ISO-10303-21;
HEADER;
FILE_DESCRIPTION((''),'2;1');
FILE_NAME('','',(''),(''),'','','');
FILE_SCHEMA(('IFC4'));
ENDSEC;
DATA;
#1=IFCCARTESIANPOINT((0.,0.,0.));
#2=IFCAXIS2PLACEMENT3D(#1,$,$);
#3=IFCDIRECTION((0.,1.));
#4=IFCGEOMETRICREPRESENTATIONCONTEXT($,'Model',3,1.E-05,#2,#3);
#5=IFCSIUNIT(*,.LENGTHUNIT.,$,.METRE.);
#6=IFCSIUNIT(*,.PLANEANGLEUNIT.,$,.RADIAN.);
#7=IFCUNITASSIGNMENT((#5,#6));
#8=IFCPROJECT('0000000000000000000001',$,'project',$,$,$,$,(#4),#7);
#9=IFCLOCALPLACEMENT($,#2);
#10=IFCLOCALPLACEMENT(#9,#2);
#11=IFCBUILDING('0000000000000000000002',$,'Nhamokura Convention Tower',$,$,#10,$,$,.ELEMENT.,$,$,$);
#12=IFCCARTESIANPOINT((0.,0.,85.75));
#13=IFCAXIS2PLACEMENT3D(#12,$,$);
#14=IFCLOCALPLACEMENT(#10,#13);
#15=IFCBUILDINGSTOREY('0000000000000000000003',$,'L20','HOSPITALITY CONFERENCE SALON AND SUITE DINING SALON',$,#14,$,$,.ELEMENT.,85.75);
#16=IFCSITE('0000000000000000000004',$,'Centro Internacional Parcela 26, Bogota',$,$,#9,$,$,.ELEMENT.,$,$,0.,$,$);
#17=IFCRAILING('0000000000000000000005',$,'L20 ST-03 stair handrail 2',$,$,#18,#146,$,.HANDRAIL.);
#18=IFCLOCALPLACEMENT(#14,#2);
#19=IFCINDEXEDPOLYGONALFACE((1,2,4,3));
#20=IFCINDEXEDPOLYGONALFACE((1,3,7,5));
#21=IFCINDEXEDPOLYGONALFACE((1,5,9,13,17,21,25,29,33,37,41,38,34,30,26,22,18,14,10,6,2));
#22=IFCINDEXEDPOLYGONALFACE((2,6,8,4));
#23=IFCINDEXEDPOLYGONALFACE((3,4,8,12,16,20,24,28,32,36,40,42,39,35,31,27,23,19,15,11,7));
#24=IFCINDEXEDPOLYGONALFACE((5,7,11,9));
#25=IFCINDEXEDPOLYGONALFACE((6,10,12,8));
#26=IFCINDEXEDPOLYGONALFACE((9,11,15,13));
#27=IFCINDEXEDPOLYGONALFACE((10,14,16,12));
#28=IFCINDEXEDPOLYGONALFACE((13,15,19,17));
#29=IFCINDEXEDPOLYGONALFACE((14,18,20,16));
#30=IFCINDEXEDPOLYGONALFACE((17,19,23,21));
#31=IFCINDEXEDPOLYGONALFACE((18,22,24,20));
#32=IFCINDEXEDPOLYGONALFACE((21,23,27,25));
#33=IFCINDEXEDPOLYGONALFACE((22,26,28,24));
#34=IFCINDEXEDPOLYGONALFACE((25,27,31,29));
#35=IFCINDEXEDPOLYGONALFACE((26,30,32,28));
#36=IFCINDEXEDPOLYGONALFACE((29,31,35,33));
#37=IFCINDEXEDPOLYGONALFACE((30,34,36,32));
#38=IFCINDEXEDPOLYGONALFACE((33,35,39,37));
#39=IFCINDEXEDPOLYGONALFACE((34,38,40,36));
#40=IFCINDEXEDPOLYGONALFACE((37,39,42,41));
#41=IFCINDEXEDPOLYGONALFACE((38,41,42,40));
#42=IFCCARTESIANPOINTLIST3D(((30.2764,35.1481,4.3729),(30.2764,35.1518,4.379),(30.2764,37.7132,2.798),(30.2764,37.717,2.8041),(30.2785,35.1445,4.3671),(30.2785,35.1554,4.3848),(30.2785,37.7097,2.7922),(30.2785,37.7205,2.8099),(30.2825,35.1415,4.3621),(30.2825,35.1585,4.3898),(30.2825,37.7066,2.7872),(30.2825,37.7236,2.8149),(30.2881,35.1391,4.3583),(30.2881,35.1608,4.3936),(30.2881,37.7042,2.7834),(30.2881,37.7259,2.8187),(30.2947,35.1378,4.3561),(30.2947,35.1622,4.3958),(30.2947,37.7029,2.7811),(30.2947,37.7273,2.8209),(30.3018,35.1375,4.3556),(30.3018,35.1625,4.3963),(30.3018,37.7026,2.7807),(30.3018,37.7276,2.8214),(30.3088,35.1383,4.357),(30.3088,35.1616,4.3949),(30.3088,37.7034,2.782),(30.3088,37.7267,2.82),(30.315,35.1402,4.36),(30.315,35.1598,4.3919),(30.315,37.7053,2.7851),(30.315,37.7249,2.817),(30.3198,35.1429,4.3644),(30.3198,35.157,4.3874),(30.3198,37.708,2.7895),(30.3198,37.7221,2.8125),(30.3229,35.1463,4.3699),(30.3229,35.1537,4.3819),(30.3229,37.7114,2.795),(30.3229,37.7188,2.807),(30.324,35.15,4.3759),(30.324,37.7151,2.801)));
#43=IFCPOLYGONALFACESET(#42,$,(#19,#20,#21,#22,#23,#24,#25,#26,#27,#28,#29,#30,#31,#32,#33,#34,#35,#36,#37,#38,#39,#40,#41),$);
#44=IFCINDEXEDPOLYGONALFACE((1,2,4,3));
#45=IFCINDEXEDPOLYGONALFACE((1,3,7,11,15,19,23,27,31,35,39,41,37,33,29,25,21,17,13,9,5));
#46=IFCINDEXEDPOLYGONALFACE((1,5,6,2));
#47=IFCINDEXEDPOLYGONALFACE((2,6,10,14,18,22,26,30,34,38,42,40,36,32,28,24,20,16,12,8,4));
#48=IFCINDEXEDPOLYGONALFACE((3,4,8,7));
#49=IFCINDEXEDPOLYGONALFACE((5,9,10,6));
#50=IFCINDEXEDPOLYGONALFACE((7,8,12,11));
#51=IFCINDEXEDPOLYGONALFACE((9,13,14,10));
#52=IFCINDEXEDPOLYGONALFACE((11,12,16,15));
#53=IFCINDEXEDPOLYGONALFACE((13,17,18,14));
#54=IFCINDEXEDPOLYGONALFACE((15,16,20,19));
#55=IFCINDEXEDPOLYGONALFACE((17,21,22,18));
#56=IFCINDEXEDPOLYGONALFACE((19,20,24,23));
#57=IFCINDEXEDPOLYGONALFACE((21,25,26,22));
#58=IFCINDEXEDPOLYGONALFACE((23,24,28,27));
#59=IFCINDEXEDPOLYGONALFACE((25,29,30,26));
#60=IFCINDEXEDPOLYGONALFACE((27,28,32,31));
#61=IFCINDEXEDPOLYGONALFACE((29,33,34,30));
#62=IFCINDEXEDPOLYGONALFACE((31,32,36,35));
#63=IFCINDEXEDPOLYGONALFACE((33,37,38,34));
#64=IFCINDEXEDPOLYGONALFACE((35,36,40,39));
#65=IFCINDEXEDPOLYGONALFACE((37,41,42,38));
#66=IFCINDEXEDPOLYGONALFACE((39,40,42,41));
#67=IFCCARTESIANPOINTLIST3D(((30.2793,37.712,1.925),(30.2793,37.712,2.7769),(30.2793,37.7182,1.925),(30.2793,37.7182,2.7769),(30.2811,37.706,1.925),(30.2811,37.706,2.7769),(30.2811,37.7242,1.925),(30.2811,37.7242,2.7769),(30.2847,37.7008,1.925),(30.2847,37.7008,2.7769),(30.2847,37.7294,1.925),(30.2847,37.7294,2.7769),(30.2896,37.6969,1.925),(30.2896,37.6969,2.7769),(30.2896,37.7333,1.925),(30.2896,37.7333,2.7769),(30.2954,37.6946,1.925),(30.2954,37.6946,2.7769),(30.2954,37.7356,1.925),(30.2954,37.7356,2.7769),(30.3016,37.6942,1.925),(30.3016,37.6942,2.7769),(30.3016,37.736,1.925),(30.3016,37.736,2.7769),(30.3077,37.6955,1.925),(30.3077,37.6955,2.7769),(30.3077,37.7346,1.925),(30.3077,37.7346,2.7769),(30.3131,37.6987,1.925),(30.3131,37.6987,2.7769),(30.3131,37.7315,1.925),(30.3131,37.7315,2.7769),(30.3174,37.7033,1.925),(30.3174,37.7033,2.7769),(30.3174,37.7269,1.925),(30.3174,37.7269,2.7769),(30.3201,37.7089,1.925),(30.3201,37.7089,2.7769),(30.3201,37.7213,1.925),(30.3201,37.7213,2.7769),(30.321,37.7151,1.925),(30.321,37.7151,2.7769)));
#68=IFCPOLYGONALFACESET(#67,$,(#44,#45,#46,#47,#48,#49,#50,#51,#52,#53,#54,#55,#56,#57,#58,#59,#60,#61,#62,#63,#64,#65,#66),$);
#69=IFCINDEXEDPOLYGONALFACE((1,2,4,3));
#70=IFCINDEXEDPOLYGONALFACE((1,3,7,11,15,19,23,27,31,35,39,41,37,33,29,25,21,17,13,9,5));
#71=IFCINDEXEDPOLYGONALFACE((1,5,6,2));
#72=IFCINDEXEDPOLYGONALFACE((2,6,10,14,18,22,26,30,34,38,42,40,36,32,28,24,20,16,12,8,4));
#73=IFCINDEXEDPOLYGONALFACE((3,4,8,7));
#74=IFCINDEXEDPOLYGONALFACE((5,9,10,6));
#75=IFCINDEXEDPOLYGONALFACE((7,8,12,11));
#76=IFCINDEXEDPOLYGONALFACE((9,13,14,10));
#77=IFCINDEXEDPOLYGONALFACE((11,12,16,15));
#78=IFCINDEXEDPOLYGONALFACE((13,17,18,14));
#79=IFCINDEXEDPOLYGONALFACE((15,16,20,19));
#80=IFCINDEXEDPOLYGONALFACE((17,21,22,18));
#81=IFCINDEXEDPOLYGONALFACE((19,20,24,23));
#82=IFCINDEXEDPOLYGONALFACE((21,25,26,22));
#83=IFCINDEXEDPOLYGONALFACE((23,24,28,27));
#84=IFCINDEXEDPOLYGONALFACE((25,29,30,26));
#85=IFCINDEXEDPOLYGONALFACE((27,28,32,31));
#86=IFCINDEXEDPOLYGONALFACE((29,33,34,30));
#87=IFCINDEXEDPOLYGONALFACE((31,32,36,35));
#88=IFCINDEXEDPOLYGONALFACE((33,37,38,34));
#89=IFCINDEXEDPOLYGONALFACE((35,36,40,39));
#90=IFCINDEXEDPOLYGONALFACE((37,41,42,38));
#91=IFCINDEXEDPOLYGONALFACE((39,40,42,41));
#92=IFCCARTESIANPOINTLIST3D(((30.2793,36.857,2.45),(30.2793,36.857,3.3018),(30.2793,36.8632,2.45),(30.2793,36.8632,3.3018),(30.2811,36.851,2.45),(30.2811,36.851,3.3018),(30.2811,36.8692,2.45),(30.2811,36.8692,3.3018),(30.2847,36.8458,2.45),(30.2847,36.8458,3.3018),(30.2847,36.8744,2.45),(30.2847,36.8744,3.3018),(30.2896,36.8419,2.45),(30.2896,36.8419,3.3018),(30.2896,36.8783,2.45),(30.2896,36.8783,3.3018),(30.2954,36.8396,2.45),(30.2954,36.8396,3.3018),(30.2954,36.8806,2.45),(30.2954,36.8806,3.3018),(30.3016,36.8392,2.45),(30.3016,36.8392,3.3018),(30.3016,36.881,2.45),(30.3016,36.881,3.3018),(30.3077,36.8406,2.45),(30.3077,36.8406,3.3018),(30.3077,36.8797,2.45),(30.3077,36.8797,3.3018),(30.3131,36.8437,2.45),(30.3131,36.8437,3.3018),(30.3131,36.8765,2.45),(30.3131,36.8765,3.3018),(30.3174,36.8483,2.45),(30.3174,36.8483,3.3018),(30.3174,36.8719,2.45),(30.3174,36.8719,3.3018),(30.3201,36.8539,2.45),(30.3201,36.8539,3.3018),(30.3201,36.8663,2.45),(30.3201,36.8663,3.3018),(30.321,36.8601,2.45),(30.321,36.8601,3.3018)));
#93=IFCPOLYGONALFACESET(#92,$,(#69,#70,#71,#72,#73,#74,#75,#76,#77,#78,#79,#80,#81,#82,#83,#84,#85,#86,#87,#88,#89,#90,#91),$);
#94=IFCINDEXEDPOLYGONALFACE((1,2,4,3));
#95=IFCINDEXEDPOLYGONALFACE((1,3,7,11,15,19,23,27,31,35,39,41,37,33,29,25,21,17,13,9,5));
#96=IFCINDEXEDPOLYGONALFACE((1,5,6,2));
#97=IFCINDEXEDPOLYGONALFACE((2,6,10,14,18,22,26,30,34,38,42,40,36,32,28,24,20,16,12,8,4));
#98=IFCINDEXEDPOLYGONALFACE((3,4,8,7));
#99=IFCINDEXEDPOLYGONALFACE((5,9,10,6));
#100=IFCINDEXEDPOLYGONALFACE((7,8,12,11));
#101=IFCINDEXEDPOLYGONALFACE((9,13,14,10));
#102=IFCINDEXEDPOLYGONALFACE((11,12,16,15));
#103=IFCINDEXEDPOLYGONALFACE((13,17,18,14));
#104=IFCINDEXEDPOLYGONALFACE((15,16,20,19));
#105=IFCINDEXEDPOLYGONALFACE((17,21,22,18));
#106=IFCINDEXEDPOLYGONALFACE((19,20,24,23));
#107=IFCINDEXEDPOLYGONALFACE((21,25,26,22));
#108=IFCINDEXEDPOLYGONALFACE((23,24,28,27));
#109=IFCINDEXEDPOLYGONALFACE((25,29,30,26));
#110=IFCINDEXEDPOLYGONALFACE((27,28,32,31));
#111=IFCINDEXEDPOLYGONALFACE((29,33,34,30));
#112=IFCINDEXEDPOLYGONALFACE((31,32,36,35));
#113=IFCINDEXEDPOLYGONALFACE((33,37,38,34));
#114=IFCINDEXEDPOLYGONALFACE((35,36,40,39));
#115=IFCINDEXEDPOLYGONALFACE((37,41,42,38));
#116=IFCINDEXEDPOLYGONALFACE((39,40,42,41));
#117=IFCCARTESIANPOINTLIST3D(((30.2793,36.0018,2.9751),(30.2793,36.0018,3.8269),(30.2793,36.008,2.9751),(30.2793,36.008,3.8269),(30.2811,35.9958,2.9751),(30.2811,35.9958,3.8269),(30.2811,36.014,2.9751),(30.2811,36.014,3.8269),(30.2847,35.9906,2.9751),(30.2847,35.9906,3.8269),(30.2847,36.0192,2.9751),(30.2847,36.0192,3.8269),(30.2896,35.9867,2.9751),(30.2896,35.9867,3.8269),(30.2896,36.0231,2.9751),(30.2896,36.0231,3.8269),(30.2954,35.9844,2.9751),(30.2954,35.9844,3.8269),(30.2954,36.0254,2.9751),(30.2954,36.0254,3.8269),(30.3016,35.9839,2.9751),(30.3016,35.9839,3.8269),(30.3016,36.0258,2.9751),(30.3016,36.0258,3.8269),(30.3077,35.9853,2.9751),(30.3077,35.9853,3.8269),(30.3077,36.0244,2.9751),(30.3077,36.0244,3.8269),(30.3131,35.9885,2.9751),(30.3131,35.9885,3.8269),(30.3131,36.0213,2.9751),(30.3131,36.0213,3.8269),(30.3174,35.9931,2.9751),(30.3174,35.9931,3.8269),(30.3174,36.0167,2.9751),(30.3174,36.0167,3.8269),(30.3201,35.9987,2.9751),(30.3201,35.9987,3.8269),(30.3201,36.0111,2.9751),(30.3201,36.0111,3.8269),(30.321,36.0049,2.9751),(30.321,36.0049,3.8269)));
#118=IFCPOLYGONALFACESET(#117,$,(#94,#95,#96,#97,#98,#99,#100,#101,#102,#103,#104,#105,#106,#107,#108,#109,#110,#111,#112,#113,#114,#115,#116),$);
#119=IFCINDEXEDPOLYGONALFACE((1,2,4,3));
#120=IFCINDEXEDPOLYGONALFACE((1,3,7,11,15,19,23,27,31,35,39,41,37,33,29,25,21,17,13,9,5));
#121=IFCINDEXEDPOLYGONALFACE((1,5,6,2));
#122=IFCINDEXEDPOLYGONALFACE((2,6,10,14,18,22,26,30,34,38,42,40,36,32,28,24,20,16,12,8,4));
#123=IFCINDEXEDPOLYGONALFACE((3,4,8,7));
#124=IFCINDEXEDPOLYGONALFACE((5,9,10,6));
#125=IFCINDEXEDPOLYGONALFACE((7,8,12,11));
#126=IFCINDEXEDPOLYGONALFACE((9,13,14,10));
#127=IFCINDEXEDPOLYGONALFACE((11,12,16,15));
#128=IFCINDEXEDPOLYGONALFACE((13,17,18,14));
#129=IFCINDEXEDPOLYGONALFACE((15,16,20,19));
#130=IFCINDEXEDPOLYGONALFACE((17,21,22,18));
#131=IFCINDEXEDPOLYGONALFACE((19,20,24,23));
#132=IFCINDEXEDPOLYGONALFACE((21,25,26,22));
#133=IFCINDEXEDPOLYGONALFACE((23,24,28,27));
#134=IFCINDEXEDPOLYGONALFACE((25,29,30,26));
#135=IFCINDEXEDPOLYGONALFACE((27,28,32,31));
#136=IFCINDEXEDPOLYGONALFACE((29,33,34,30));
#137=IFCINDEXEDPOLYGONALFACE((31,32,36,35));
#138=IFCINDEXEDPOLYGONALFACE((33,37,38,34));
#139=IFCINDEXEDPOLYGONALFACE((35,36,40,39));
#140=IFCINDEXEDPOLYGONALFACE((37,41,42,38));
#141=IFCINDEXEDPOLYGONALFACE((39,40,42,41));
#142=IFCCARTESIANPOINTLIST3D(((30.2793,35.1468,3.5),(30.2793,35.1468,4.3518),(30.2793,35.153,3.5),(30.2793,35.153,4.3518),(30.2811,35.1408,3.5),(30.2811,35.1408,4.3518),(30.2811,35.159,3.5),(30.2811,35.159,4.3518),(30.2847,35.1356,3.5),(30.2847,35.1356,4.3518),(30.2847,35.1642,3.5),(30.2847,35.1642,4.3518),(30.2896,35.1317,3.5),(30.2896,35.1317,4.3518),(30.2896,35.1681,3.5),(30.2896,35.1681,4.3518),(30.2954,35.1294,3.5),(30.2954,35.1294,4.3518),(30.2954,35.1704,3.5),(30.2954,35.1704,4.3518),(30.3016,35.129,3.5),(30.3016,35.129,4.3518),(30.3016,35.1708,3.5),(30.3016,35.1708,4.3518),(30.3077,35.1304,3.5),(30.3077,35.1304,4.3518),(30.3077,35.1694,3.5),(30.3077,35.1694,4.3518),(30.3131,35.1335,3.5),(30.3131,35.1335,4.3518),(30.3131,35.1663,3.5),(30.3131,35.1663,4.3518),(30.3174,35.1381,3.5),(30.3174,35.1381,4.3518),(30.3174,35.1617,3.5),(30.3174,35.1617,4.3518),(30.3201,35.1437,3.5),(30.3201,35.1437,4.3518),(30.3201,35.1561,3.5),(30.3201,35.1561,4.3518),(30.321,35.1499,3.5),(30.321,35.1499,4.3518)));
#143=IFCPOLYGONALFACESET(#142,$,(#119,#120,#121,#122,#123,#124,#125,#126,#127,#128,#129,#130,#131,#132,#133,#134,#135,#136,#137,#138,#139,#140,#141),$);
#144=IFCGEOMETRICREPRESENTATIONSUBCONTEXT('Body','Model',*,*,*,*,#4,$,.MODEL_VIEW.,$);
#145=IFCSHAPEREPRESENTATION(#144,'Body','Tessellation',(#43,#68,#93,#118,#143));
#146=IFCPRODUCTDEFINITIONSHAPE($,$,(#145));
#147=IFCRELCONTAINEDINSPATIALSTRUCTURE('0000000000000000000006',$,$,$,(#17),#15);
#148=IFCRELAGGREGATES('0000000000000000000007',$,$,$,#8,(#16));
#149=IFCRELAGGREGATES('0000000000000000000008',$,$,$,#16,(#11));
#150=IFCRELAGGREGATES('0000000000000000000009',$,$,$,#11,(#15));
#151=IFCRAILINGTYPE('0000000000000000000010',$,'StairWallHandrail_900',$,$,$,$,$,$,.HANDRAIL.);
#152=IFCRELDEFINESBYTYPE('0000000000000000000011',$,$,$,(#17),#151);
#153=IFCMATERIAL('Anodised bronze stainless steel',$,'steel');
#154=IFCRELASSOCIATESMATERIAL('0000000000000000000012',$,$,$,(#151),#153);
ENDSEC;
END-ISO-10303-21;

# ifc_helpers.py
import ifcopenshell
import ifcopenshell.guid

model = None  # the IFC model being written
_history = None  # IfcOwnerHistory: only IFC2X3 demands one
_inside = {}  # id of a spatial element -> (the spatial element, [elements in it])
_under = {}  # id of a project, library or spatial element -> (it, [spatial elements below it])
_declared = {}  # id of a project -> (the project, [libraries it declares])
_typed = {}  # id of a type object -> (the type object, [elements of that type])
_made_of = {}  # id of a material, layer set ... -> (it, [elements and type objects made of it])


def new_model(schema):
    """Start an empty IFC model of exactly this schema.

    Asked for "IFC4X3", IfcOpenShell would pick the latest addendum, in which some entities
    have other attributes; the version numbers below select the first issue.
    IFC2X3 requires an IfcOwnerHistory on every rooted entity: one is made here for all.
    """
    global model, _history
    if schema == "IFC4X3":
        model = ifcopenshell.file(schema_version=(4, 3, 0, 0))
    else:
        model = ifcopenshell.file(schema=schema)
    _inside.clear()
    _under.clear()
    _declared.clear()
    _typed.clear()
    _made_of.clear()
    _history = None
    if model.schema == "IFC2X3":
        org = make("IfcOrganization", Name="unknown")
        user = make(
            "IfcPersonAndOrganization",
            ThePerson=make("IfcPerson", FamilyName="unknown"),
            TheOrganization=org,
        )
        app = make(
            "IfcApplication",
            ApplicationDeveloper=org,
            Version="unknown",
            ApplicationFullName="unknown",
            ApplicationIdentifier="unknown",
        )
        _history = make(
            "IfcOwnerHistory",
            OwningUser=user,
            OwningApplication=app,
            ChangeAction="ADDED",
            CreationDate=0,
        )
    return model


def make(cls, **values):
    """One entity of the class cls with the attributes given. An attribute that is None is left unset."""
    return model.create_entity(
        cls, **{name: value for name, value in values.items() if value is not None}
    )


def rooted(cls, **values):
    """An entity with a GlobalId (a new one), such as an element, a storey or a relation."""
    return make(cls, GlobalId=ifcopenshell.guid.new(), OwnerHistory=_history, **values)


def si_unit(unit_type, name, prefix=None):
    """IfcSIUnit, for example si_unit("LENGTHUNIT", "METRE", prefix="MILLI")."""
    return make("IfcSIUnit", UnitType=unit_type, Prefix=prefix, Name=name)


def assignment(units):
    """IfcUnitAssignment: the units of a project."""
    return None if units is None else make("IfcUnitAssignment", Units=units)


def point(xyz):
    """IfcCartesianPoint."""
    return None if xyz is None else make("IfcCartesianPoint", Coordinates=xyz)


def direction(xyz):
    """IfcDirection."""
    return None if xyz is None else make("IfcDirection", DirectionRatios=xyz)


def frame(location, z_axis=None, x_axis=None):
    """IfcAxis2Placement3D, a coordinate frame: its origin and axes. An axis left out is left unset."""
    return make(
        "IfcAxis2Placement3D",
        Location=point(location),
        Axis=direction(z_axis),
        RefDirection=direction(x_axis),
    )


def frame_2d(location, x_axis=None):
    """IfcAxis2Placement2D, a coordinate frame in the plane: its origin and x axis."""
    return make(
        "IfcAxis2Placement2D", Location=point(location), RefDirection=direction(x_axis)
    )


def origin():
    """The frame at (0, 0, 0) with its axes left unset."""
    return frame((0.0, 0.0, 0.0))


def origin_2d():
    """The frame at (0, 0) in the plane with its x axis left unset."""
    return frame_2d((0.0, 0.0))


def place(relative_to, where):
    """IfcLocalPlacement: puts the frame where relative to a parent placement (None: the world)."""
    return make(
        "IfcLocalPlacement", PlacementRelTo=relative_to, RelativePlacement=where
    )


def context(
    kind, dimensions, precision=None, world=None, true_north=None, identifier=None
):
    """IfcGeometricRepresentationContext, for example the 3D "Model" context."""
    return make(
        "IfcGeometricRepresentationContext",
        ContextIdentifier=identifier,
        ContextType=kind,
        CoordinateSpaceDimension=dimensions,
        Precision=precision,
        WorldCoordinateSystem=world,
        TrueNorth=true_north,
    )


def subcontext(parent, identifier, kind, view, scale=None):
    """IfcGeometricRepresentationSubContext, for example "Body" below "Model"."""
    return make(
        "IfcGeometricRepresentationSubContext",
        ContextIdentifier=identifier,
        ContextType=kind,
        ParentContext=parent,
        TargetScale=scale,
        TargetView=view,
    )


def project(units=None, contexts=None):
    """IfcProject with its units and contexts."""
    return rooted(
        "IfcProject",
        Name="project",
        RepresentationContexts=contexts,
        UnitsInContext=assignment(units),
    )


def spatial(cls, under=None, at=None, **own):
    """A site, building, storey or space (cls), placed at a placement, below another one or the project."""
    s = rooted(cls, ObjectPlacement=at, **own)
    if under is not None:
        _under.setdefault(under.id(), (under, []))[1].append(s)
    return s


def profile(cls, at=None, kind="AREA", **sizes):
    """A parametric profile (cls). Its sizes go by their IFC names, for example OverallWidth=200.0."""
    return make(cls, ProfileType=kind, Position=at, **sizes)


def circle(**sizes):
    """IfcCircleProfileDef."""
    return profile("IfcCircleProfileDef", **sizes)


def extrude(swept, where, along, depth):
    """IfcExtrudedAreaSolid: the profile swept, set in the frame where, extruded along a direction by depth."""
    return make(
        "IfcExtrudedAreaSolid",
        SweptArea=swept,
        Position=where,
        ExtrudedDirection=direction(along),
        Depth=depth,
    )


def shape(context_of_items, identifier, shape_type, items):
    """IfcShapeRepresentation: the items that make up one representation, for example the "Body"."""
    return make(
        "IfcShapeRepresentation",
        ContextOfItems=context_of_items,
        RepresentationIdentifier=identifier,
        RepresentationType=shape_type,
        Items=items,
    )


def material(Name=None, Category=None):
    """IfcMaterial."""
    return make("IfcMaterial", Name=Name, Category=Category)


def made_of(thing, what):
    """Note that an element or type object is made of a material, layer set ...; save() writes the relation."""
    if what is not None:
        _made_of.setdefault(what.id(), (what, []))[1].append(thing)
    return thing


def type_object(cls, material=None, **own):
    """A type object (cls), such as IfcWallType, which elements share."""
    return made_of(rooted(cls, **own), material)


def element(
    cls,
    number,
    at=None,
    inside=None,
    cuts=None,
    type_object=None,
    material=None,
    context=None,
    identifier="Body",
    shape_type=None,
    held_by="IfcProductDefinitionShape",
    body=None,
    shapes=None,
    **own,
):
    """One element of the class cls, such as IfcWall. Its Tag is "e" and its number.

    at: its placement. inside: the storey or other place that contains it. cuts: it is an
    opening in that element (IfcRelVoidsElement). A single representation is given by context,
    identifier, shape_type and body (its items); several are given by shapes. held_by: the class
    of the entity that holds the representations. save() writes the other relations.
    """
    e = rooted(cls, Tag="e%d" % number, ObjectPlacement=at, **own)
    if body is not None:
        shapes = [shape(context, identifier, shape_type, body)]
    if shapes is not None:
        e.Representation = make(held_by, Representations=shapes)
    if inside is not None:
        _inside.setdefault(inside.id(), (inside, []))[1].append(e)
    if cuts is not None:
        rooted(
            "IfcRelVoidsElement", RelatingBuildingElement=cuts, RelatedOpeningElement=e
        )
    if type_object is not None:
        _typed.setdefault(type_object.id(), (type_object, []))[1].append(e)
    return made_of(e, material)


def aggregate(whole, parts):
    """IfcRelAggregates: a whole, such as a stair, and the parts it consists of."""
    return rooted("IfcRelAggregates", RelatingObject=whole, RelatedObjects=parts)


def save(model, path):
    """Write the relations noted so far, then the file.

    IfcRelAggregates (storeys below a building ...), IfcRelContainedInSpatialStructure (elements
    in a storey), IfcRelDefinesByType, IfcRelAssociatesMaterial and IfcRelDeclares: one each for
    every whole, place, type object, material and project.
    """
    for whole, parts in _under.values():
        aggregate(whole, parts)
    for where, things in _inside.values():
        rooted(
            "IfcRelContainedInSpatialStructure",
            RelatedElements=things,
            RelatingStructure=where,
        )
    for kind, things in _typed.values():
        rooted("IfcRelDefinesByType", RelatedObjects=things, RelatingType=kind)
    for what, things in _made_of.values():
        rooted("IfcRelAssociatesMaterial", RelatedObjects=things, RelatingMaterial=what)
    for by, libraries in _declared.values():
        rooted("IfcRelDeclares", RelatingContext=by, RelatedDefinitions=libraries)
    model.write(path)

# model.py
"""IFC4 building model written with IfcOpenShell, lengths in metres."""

from ifc_helpers import new_model, si_unit, direction, frame, origin, origin_2d, place, context, subcontext, project, spatial, circle, extrude, material, type_object, element, save


model = new_model("IFC4")

# Units and contexts
model_context = context("Model", 3, precision=1e-05, world=origin(), true_north=direction((0.0, 1.0)))
body_context = subcontext(model_context, "Body", "Model", "MODEL_VIEW")
ifc_project = project(units=[si_unit("LENGTHUNIT", "METRE"), si_unit("PLANEANGLEUNIT", "RADIAN")], contexts=[model_context])

# Site, building, storey
site_placement = place(None, origin())
site = spatial("IfcSite", under=ifc_project, at=site_placement, Name="Centro Internacional Parcela 26, Bogota", CompositionType="ELEMENT", RefElevation=0.0)
building_placement = place(site_placement, origin())
building = spatial("IfcBuilding", under=site, at=building_placement, Name="Nhamokura Convention Tower", CompositionType="ELEMENT")
storey_placement = place(building_placement, frame((0.0, 0.0, 85.75)))
storey = spatial("IfcBuildingStorey", under=building, at=storey_placement, Name="L20", Description="HOSPITALITY CONFERENCE SALON AND SUITE DINING SALON", CompositionType="ELEMENT", Elevation=85.75)

# Railing
ifc_material_1 = material(Name="Anodised bronze stainless steel", Category="steel")
railing_type_1 = type_object("IfcRailingType", Name="StairWallHandrail_900", PredefinedType="HANDRAIL", material=ifc_material_1)
railing_1_placement = place(storey_placement, frame((30.3, 37.7151, 1.925)))
element("IfcRailing", 1, at=railing_1_placement, inside=storey, type_object=railing_type_1, Name="L20 ST-03 stair handrail 2", PredefinedType="HANDRAIL", context=body_context, shape_type="SweptSolid", body=[
    extrude(circle(Radius=0.0239, at=origin_2d()), frame((0.0, 0.0, 0.876), z_axis=(0.0, -0.852195, 0.523224), x_axis=(1.0, 0.0, 0.0)), (0.0, 0.0, 1.0), 3.01),
    extrude(circle(Radius=0.021, at=origin_2d()), origin(), (0.0, 0.0, 1.0), 0.8518),
    extrude(circle(Radius=0.021, at=origin_2d()), frame((0.0, -0.855, 0.5249)), (0.0, 0.0, 1.0), 0.8518),
    extrude(circle(Radius=0.021, at=origin_2d()), frame((0.0, -1.7102, 1.05)), (0.0, 0.0, 1.0), 0.8518),
    extrude(circle(Radius=0.021, at=origin_2d()), frame((0.0, -2.5652, 1.575)), (0.0, 0.0, 1.0), 0.8518),
])

save(model, "model.ifc")
